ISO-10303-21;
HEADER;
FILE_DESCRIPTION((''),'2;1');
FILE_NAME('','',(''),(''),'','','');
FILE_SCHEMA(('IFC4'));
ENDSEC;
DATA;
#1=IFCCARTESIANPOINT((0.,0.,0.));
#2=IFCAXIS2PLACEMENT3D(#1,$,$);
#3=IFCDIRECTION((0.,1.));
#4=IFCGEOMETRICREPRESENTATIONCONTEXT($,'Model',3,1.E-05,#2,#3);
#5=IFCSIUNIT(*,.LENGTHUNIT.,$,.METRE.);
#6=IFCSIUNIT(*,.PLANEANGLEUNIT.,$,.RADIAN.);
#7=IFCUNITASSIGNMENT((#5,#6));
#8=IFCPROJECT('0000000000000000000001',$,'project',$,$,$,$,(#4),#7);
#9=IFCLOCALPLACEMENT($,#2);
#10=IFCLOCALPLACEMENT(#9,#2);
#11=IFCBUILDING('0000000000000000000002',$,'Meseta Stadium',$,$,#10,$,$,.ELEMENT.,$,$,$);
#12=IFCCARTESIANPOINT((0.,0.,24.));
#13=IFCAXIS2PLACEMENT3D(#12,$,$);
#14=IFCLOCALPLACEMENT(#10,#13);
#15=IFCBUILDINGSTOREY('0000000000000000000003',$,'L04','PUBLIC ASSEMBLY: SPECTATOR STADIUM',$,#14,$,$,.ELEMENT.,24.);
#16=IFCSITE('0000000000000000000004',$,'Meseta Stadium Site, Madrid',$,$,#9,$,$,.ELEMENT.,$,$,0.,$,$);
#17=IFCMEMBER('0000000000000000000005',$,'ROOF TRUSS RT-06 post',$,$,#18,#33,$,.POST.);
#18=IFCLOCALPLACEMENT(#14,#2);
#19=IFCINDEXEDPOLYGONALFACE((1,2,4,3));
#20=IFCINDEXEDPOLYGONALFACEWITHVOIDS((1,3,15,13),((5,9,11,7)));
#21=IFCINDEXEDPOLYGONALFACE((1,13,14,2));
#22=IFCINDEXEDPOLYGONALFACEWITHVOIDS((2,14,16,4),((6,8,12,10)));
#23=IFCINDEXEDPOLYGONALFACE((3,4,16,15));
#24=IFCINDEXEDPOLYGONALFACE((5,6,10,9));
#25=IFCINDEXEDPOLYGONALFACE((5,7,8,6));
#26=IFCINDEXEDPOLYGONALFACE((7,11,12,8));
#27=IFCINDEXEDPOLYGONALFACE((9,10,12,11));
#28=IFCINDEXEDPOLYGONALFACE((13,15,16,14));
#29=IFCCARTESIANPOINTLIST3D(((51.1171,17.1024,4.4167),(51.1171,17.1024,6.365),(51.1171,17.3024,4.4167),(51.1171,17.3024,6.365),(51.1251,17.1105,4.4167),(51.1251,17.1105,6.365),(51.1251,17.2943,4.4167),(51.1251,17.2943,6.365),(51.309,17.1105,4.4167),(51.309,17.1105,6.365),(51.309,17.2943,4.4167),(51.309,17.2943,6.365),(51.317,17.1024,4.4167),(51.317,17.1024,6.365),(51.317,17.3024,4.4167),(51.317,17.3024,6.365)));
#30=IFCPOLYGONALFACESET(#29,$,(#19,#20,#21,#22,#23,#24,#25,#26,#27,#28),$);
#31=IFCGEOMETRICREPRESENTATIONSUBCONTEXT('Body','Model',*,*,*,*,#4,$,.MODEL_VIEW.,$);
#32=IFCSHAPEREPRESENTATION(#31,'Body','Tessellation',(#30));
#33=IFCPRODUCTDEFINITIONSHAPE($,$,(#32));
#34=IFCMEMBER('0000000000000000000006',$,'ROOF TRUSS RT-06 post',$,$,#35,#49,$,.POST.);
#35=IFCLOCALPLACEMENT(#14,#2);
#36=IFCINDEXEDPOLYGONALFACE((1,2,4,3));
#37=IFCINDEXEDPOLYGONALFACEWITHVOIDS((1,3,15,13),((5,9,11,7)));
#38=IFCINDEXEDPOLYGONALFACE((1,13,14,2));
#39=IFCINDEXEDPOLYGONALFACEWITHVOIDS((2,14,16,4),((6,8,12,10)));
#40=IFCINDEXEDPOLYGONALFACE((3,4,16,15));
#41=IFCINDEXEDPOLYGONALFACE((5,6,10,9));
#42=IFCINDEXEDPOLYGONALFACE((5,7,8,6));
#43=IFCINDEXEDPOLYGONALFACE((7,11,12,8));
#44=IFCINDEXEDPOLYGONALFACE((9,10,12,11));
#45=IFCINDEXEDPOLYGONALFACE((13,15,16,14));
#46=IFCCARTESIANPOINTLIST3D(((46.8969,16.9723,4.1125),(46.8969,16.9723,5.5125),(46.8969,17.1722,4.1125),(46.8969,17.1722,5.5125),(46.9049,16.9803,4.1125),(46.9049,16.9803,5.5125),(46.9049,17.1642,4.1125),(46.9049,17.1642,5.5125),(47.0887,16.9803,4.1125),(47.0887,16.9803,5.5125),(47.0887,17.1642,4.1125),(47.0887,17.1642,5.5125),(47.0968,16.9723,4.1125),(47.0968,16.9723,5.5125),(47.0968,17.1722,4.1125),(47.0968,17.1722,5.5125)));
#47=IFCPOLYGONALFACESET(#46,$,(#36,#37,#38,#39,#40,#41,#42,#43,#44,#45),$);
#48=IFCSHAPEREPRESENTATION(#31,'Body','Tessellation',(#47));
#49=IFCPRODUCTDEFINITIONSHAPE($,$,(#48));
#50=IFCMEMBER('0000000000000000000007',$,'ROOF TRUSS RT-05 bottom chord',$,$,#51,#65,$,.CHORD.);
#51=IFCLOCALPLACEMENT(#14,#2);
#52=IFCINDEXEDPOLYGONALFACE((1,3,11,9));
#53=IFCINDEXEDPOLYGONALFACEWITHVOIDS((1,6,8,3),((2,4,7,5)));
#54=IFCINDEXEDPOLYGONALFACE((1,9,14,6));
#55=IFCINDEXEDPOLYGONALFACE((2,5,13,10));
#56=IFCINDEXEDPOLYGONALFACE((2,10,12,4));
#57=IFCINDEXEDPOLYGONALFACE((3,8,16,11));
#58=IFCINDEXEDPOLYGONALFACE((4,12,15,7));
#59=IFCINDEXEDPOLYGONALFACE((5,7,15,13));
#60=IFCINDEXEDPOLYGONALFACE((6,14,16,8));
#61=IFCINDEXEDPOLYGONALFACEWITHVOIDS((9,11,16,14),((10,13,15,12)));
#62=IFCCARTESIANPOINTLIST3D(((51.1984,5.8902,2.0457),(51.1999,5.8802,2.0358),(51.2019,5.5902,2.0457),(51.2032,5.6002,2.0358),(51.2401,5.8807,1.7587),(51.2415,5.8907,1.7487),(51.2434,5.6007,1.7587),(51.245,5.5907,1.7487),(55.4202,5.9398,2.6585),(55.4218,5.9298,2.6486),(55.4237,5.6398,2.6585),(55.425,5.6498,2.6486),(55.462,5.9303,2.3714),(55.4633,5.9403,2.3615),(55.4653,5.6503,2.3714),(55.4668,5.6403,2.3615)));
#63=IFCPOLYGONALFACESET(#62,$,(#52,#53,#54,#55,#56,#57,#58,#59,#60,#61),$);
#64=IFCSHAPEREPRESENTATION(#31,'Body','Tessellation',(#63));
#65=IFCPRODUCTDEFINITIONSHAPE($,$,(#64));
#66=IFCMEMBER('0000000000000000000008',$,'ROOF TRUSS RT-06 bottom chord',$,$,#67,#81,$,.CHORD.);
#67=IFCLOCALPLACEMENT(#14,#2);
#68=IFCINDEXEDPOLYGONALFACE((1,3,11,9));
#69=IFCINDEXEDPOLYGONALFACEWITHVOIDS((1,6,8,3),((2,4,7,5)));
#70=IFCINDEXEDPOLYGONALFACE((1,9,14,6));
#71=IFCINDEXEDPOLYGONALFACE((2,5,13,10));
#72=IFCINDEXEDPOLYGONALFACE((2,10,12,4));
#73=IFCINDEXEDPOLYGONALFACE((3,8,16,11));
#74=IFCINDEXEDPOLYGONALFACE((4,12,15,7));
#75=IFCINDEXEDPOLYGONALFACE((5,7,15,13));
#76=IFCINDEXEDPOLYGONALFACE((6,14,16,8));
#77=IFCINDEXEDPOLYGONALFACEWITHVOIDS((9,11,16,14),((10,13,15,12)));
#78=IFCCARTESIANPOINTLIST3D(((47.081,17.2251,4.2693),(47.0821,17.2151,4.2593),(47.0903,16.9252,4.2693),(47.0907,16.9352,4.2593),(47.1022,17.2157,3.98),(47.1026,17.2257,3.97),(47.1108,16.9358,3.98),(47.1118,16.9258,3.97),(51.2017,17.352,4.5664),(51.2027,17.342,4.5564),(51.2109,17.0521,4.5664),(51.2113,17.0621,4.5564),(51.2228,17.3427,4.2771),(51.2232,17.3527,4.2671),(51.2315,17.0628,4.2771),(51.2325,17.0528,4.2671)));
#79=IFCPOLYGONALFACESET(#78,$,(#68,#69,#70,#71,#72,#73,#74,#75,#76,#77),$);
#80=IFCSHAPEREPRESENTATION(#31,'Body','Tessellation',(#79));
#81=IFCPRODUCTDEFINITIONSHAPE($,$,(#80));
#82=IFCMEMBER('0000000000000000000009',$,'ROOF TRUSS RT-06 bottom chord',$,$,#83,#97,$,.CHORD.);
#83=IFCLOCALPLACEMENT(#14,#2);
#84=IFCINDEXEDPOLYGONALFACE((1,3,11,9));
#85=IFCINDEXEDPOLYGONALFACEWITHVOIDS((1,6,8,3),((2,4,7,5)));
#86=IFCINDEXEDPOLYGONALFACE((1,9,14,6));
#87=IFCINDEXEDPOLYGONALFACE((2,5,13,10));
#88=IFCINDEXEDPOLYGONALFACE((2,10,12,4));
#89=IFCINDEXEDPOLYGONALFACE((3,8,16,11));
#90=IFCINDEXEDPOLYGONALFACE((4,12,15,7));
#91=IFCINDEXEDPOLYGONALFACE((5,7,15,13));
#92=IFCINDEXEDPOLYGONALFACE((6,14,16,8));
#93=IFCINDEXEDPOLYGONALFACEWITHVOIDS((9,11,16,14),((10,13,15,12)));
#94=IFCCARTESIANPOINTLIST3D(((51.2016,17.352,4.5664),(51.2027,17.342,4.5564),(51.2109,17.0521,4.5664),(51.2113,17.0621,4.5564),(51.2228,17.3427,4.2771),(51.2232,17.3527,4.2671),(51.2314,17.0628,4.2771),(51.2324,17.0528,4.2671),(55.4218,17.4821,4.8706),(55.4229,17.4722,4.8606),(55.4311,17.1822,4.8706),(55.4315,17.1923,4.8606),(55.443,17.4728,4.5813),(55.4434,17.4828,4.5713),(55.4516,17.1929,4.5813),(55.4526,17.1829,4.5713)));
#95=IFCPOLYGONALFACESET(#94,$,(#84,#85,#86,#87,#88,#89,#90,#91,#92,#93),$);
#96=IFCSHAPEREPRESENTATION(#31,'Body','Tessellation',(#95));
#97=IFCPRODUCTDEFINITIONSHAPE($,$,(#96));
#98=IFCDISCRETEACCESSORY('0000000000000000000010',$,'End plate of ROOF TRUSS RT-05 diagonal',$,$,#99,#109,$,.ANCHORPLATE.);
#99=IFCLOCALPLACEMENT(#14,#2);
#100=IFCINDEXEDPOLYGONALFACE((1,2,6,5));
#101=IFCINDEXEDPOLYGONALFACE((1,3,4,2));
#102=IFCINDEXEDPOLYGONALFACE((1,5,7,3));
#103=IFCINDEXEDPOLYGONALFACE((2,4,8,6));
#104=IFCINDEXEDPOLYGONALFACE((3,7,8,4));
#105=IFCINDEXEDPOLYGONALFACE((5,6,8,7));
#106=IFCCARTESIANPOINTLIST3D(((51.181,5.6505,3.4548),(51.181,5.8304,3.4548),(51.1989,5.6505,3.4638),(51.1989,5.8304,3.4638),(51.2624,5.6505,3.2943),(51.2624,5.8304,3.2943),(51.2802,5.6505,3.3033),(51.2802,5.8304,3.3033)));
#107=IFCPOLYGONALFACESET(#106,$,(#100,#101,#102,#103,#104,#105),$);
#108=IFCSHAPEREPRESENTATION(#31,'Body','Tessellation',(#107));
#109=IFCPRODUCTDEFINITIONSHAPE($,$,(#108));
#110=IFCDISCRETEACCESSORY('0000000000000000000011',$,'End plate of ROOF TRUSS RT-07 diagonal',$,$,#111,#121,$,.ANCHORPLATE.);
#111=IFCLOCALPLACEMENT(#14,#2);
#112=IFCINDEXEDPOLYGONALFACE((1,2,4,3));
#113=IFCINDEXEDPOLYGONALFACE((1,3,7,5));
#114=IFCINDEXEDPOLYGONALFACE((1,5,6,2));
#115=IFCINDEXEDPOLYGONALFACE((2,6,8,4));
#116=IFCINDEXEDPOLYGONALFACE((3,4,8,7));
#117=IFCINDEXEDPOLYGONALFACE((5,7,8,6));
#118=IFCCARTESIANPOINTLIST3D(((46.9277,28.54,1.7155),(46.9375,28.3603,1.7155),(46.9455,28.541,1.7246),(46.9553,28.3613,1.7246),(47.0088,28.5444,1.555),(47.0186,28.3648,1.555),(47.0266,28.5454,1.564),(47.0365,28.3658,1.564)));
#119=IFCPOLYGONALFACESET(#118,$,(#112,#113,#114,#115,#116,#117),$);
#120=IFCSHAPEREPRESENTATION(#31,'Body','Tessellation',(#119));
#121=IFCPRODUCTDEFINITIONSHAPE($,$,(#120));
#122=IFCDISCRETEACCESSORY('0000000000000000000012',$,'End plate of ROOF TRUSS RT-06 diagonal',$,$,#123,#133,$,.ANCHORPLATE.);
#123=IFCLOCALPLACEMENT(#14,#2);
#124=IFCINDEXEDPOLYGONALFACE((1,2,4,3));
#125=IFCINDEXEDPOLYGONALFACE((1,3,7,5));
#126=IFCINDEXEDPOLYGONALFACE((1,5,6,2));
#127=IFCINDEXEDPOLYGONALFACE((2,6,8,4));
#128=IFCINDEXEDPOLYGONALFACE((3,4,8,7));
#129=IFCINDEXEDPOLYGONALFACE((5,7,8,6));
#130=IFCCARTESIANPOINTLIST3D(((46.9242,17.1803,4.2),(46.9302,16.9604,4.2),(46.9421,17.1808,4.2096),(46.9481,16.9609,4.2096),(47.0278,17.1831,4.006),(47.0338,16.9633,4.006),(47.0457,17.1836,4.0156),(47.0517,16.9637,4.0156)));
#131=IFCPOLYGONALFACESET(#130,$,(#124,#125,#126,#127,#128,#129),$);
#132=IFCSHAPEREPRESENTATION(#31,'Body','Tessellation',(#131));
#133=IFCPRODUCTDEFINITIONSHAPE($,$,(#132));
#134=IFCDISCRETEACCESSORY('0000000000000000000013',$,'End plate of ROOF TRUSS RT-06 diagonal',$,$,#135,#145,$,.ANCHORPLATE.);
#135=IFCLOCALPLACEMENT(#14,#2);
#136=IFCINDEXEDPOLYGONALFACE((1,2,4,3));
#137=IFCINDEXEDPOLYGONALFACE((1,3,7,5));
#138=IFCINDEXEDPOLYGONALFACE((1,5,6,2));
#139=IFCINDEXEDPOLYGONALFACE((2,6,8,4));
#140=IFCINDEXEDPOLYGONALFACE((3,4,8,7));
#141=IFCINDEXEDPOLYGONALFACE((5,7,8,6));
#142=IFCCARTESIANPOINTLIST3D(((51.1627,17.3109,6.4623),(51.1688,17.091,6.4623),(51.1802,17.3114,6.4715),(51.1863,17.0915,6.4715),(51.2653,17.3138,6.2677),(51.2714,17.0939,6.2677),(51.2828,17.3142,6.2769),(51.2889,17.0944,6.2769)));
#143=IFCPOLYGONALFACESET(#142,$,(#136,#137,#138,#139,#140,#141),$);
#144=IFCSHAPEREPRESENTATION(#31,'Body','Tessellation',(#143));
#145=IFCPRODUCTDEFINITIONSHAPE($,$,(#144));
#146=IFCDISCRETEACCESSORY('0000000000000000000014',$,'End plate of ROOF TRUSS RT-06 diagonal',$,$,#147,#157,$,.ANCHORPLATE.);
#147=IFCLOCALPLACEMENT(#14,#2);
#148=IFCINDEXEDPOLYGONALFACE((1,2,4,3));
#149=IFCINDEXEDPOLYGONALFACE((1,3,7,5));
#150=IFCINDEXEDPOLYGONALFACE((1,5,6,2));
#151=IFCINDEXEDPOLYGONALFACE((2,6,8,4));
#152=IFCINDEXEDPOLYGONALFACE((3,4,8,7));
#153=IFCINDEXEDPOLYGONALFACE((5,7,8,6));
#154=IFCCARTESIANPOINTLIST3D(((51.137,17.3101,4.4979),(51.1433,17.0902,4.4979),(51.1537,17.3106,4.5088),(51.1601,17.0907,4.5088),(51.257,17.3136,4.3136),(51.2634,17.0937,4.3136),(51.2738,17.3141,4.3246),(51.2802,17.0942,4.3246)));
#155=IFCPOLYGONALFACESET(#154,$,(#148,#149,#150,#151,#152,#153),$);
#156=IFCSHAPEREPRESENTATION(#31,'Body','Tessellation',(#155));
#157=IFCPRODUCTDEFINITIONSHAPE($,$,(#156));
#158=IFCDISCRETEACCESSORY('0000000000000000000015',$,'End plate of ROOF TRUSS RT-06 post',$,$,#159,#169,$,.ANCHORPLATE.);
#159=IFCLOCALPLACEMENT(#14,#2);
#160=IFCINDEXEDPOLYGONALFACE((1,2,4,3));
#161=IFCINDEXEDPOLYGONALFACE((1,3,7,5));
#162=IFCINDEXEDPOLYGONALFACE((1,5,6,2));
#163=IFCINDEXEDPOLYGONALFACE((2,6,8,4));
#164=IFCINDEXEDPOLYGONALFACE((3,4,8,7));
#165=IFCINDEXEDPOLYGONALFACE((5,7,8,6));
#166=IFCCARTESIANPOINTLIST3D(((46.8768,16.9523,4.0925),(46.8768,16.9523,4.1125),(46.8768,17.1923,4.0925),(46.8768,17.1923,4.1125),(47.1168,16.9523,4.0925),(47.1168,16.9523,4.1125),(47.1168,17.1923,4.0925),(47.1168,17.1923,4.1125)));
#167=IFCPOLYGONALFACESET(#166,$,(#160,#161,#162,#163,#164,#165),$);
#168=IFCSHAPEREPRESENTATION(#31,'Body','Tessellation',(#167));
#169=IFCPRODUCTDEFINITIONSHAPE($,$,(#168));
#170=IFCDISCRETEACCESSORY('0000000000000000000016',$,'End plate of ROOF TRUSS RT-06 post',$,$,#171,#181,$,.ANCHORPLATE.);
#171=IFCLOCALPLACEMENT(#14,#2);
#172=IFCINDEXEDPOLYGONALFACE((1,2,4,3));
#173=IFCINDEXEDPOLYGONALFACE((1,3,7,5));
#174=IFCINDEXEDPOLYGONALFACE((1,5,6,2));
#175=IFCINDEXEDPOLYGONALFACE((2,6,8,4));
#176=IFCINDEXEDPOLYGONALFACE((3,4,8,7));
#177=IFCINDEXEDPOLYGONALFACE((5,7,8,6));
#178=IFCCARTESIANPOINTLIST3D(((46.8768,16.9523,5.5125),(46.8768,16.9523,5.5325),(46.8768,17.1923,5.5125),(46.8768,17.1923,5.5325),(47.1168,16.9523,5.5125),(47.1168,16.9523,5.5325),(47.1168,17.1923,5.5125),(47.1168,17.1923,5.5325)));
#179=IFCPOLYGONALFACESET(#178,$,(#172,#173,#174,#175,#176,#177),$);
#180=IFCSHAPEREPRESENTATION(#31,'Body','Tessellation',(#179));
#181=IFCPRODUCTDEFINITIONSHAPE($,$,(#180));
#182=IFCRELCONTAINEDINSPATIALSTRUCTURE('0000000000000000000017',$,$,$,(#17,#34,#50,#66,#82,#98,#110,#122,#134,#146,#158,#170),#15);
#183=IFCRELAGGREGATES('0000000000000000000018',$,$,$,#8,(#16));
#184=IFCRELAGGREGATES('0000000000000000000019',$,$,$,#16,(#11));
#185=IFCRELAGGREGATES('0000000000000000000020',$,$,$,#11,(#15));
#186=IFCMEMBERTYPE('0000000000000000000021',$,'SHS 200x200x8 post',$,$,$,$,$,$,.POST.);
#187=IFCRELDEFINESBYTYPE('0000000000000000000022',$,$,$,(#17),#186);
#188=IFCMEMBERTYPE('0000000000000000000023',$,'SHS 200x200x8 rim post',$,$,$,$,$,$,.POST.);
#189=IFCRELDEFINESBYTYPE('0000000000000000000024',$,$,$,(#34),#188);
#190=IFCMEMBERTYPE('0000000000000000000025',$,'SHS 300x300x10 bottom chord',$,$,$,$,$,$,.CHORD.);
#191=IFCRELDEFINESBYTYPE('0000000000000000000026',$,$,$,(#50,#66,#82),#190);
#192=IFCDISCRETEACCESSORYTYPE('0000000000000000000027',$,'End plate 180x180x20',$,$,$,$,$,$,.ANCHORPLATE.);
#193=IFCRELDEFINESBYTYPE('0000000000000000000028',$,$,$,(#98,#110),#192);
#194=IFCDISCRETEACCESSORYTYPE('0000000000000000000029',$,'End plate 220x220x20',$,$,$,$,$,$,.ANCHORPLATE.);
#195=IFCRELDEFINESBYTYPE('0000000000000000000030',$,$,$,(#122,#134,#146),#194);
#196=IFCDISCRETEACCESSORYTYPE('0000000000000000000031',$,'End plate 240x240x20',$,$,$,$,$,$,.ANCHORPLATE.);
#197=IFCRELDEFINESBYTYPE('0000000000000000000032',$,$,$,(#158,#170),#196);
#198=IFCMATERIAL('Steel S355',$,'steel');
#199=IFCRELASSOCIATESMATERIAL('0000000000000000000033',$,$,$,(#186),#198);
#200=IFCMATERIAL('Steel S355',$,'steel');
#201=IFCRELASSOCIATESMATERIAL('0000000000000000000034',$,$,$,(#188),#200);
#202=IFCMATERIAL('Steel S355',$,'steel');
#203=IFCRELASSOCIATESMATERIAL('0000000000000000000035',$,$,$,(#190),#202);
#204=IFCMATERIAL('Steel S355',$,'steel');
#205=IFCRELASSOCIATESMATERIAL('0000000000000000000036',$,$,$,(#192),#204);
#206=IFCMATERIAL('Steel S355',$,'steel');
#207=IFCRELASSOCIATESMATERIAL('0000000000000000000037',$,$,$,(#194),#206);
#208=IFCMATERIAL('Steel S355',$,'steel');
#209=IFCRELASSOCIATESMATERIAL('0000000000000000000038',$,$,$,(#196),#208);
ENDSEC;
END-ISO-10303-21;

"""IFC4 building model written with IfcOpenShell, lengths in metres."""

from ifc_helpers import new_model, si_unit, direction, frame, origin, origin_2d, place, context, subcontext, project, spatial, rectangle, hollow_rectangle, extrude, material, material_profile, profile_set, type_object, element, save


model = new_model("IFC4")

# Units and contexts
model_context = context("Model", 3, precision=1e-05, world=origin(), true_north=direction((0.0, 1.0)))
body_context = subcontext(model_context, "Body", "Model", "MODEL_VIEW")
ifc_project = project(units=[si_unit("LENGTHUNIT", "METRE"), si_unit("PLANEANGLEUNIT", "RADIAN")], contexts=[model_context])

# Site, building, storey
site_placement = place(None, origin())
site = spatial("IfcSite", under=ifc_project, at=site_placement, Name="Meseta Stadium Site, Madrid", CompositionType="ELEMENT", RefElevation=0.0)
building_placement = place(site_placement, origin())
building = spatial("IfcBuilding", under=site, at=building_placement, Name="Meseta Stadium", CompositionType="ELEMENT")
storey_placement = place(building_placement, frame((0.0, 0.0, 24.0)))
storey = spatial("IfcBuildingStorey", under=building, at=storey_placement, Name="L04", Description="PUBLIC ASSEMBLY: SPECTATOR STADIUM", CompositionType="ELEMENT", Elevation=24.0)

# Members
ifc_material_1 = material(Name="Steel S355", Category="steel")
ifc_material_profile_1 = material_profile(ifc_material_1, hollow_rectangle(XDim=0.2, YDim=0.2, WallThickness=0.0081, at=origin_2d()), Name="SHS 200x200x8")
ifc_profile_set_1 = profile_set([ifc_material_profile_1], Name="Steel S355")
member_type_1 = type_object("IfcMemberType", Name="SHS 200x200x8 post", PredefinedType="POST", material=ifc_profile_set_1)
member_1_placement = place(storey_placement, frame((51.217, 17.2024, 4.4167), z_axis=(0.0, 0.0, 1.0), x_axis=(1.0, 0.0, 0.0)))
element("IfcMember", 1, at=member_1_placement, inside=storey, type_object=member_type_1, Name="ROOF TRUSS RT-06 post", PredefinedType="POST", context=body_context, shape_type="SweptSolid", body=[
    extrude(hollow_rectangle(XDim=0.2, YDim=0.2, WallThickness=0.0081, at=origin_2d()), origin(), (0.0, 0.0, 1.0), 1.9482),
])
ifc_material_2 = material(Name="Steel S355", Category="steel")
ifc_material_profile_2 = material_profile(ifc_material_2, hollow_rectangle(XDim=0.2, YDim=0.2, WallThickness=0.0081, at=origin_2d()), Name="SHS 200x200x8")
ifc_profile_set_2 = profile_set([ifc_material_profile_2], Name="Steel S355")
member_type_2 = type_object("IfcMemberType", Name="SHS 200x200x8 rim post", PredefinedType="POST", material=ifc_profile_set_2)
member_2_placement = place(storey_placement, frame((46.9968, 17.0723, 4.1125), z_axis=(0.0, 0.0, 1.0), x_axis=(1.0, 0.0, 0.0)))
element("IfcMember", 2, at=member_2_placement, inside=storey, type_object=member_type_2, Name="ROOF TRUSS RT-06 post", PredefinedType="POST", context=body_context, shape_type="SweptSolid", body=[
    extrude(hollow_rectangle(XDim=0.2, YDim=0.2, WallThickness=0.0081, at=origin_2d()), origin(), (0.0, 0.0, 1.0), 1.3999),
])
ifc_material_3 = material(Name="Steel S355", Category="steel")
ifc_material_profile_3 = material_profile(ifc_material_3, hollow_rectangle(XDim=0.3, YDim=0.3, WallThickness=0.01, at=origin_2d()), Name="SHS 300x300x10")
ifc_profile_set_3 = profile_set([ifc_material_profile_3], Name="Steel S355")
member_type_3 = type_object("IfcMemberType", Name="SHS 300x300x10 bottom chord", PredefinedType="CHORD", material=ifc_profile_set_3)
member_3_placement = place(storey_placement, frame((51.2217, 5.7405, 1.8972), z_axis=(0.989563, 0.011616, 0.143631), x_axis=(-0.011738, 0.999931, 0.0)))
element("IfcMember", 3, at=member_3_placement, inside=storey, type_object=member_type_3, Name="ROOF TRUSS RT-05 bottom chord", PredefinedType="CHORD", context=body_context, shape_type="SweptSolid", body=[
    extrude(hollow_rectangle(XDim=0.3, YDim=0.3, WallThickness=0.01, at=origin_2d()), origin(), (0.0, 0.0, 1.0), 4.2664),
])
member_4_placement = place(storey_placement, frame((47.0964, 17.0754, 4.1196), z_axis=(0.99694, 0.030715, 0.071885), x_axis=(-0.030795, 0.999526, 0.0)))
element("IfcMember", 4, at=member_4_placement, inside=storey, type_object=member_type_3, Name="ROOF TRUSS RT-06 bottom chord", PredefinedType="CHORD", context=body_context, shape_type="SweptSolid", body=[
    extrude(hollow_rectangle(XDim=0.3, YDim=0.3, WallThickness=0.01, at=origin_2d()), origin(), (0.0, 0.0, 1.0), 4.1333),
])
member_5_placement = place(storey_placement, frame((51.217, 17.2024, 4.4167), z_axis=(0.996941, 0.03074, 0.071861), x_axis=(-0.03082, 0.999525, 0.0)))
element("IfcMember", 5, at=member_5_placement, inside=storey, type_object=member_type_3, Name="ROOF TRUSS RT-06 bottom chord", PredefinedType="CHORD", context=body_context, shape_type="SweptSolid", body=[
    extrude(hollow_rectangle(XDim=0.3, YDim=0.3, WallThickness=0.01, at=origin_2d()), origin(), (0.0, 0.0, 1.0), 4.2332),
])

# Discrete accessories
ifc_material_4 = material(Name="Steel S355", Category="steel")
ifc_material_profile_4 = material_profile(ifc_material_4, rectangle(XDim=0.1799, YDim=0.1799, at=origin_2d()), Name="PL 180x180")
ifc_profile_set_4 = profile_set([ifc_material_profile_4], Name="Steel S355")
discrete_accessory_type_1 = type_object("IfcDiscreteAccessoryType", Name="End plate 180x180x20", PredefinedType="ANCHORPLATE", material=ifc_profile_set_4)
for number, where, z_axis, x_axis, name in (
    (6, (51.2217, 5.7405, 3.3745), (0.89197, 0.0, 0.452094), (0.0, 1.0, 0.0), "End plate of ROOF TRUSS RT-05 diagonal"),
    (7, (46.9731, 28.4524, 1.6353), (0.890907, 0.048817, 0.451555), (-0.054712, 0.998502, 0.0), "End plate of ROOF TRUSS RT-07 diagonal"),
):
    element("IfcDiscreteAccessory", number, at=place(storey_placement, frame(where, z_axis=z_axis, x_axis=x_axis)), inside=storey, type_object=discrete_accessory_type_1, Name=name, PredefinedType="ANCHORPLATE", context=body_context, shape_type="SweptSolid", body=[
        extrude(rectangle(XDim=0.1799, YDim=0.1799, at=origin_2d()), origin(), (0.0, 0.0, 1.0), 0.02),
    ])
ifc_material_5 = material(Name="Steel S355", Category="steel")
ifc_material_profile_5 = material_profile(ifc_material_5, rectangle(XDim=0.22, YDim=0.22, at=origin_2d()), Name="PL 220x220")
ifc_profile_set_5 = profile_set([ifc_material_profile_5], Name="Steel S355")
discrete_accessory_type_2 = type_object("IfcDiscreteAccessoryType", Name="End plate 220x220x20", PredefinedType="ANCHORPLATE", material=ifc_profile_set_5)
discrete_accessory_1_placement = place(storey_placement, frame((46.979, 17.0718, 4.103), z_axis=(0.881761, 0.024158, 0.471078), x_axis=(-0.027387, 0.999625, 0.0)))
element("IfcDiscreteAccessory", 8, at=discrete_accessory_1_placement, inside=storey, type_object=discrete_accessory_type_2, Name="End plate of ROOF TRUSS RT-06 diagonal", PredefinedType="ANCHORPLATE", context=body_context, shape_type="SweptSolid", body=[
    extrude(rectangle(XDim=0.22, YDim=0.22, at=origin_2d()), origin(), (0.0, 0.0, 1.0), 0.0203),
])
discrete_accessory_2_placement = place(storey_placement, frame((51.217, 17.2024, 6.365), z_axis=(0.884118, 0.024559, 0.466618), x_axis=(-0.027767, 0.999614, 0.0)))
element("IfcDiscreteAccessory", 9, at=discrete_accessory_2_placement, inside=storey, type_object=discrete_accessory_type_2, Name="End plate of ROOF TRUSS RT-06 diagonal", PredefinedType="ANCHORPLATE", context=body_context, shape_type="SweptSolid", body=[
    extrude(rectangle(XDim=0.22, YDim=0.22, at=origin_2d()), origin(), (0.0, 0.0, 1.0), 0.0198),
])
discrete_accessory_3_placement = place(storey_placement, frame((51.2002, 17.2019, 4.4058), z_axis=(0.837364, 0.024271, 0.546107), x_axis=(-0.028973, 0.99958, 0.0)))
element("IfcDiscreteAccessory", 10, at=discrete_accessory_3_placement, inside=storey, type_object=discrete_accessory_type_2, Name="End plate of ROOF TRUSS RT-06 diagonal", PredefinedType="ANCHORPLATE", context=body_context, shape_type="SweptSolid", body=[
    extrude(rectangle(XDim=0.22, YDim=0.22, at=origin_2d()), origin(), (0.0, 0.0, 1.0), 0.02),
])
ifc_material_6 = material(Name="Steel S355", Category="steel")
ifc_material_profile_6 = material_profile(ifc_material_6, rectangle(XDim=0.24, YDim=0.24, at=origin_2d()), Name="PL 240x240")
ifc_profile_set_6 = profile_set([ifc_material_profile_6], Name="Steel S355")
discrete_accessory_type_3 = type_object("IfcDiscreteAccessoryType", Name="End plate 240x240x20", PredefinedType="ANCHORPLATE", material=ifc_profile_set_6)
for number, where, z_axis, x_axis, name in (
    (11, (46.9968, 17.0723, 4.0925), (0.0, 0.0, 1.0), (1.0, 0.0, 0.0), "End plate of ROOF TRUSS RT-06 post"),
    (12, (46.9968, 17.0723, 5.5125), (0.0, 0.0, 1.0), (1.0, 0.0, 0.0), "End plate of ROOF TRUSS RT-06 post"),
):
    element("IfcDiscreteAccessory", number, at=place(storey_placement, frame(where, z_axis=z_axis, x_axis=x_axis)), inside=storey, type_object=discrete_accessory_type_3, Name=name, PredefinedType="ANCHORPLATE", context=body_context, shape_type="SweptSolid", body=[
        extrude(rectangle(XDim=0.24, YDim=0.24, at=origin_2d()), origin(), (0.0, 0.0, 1.0), 0.02),
    ])

save(model, "model.ifc")
